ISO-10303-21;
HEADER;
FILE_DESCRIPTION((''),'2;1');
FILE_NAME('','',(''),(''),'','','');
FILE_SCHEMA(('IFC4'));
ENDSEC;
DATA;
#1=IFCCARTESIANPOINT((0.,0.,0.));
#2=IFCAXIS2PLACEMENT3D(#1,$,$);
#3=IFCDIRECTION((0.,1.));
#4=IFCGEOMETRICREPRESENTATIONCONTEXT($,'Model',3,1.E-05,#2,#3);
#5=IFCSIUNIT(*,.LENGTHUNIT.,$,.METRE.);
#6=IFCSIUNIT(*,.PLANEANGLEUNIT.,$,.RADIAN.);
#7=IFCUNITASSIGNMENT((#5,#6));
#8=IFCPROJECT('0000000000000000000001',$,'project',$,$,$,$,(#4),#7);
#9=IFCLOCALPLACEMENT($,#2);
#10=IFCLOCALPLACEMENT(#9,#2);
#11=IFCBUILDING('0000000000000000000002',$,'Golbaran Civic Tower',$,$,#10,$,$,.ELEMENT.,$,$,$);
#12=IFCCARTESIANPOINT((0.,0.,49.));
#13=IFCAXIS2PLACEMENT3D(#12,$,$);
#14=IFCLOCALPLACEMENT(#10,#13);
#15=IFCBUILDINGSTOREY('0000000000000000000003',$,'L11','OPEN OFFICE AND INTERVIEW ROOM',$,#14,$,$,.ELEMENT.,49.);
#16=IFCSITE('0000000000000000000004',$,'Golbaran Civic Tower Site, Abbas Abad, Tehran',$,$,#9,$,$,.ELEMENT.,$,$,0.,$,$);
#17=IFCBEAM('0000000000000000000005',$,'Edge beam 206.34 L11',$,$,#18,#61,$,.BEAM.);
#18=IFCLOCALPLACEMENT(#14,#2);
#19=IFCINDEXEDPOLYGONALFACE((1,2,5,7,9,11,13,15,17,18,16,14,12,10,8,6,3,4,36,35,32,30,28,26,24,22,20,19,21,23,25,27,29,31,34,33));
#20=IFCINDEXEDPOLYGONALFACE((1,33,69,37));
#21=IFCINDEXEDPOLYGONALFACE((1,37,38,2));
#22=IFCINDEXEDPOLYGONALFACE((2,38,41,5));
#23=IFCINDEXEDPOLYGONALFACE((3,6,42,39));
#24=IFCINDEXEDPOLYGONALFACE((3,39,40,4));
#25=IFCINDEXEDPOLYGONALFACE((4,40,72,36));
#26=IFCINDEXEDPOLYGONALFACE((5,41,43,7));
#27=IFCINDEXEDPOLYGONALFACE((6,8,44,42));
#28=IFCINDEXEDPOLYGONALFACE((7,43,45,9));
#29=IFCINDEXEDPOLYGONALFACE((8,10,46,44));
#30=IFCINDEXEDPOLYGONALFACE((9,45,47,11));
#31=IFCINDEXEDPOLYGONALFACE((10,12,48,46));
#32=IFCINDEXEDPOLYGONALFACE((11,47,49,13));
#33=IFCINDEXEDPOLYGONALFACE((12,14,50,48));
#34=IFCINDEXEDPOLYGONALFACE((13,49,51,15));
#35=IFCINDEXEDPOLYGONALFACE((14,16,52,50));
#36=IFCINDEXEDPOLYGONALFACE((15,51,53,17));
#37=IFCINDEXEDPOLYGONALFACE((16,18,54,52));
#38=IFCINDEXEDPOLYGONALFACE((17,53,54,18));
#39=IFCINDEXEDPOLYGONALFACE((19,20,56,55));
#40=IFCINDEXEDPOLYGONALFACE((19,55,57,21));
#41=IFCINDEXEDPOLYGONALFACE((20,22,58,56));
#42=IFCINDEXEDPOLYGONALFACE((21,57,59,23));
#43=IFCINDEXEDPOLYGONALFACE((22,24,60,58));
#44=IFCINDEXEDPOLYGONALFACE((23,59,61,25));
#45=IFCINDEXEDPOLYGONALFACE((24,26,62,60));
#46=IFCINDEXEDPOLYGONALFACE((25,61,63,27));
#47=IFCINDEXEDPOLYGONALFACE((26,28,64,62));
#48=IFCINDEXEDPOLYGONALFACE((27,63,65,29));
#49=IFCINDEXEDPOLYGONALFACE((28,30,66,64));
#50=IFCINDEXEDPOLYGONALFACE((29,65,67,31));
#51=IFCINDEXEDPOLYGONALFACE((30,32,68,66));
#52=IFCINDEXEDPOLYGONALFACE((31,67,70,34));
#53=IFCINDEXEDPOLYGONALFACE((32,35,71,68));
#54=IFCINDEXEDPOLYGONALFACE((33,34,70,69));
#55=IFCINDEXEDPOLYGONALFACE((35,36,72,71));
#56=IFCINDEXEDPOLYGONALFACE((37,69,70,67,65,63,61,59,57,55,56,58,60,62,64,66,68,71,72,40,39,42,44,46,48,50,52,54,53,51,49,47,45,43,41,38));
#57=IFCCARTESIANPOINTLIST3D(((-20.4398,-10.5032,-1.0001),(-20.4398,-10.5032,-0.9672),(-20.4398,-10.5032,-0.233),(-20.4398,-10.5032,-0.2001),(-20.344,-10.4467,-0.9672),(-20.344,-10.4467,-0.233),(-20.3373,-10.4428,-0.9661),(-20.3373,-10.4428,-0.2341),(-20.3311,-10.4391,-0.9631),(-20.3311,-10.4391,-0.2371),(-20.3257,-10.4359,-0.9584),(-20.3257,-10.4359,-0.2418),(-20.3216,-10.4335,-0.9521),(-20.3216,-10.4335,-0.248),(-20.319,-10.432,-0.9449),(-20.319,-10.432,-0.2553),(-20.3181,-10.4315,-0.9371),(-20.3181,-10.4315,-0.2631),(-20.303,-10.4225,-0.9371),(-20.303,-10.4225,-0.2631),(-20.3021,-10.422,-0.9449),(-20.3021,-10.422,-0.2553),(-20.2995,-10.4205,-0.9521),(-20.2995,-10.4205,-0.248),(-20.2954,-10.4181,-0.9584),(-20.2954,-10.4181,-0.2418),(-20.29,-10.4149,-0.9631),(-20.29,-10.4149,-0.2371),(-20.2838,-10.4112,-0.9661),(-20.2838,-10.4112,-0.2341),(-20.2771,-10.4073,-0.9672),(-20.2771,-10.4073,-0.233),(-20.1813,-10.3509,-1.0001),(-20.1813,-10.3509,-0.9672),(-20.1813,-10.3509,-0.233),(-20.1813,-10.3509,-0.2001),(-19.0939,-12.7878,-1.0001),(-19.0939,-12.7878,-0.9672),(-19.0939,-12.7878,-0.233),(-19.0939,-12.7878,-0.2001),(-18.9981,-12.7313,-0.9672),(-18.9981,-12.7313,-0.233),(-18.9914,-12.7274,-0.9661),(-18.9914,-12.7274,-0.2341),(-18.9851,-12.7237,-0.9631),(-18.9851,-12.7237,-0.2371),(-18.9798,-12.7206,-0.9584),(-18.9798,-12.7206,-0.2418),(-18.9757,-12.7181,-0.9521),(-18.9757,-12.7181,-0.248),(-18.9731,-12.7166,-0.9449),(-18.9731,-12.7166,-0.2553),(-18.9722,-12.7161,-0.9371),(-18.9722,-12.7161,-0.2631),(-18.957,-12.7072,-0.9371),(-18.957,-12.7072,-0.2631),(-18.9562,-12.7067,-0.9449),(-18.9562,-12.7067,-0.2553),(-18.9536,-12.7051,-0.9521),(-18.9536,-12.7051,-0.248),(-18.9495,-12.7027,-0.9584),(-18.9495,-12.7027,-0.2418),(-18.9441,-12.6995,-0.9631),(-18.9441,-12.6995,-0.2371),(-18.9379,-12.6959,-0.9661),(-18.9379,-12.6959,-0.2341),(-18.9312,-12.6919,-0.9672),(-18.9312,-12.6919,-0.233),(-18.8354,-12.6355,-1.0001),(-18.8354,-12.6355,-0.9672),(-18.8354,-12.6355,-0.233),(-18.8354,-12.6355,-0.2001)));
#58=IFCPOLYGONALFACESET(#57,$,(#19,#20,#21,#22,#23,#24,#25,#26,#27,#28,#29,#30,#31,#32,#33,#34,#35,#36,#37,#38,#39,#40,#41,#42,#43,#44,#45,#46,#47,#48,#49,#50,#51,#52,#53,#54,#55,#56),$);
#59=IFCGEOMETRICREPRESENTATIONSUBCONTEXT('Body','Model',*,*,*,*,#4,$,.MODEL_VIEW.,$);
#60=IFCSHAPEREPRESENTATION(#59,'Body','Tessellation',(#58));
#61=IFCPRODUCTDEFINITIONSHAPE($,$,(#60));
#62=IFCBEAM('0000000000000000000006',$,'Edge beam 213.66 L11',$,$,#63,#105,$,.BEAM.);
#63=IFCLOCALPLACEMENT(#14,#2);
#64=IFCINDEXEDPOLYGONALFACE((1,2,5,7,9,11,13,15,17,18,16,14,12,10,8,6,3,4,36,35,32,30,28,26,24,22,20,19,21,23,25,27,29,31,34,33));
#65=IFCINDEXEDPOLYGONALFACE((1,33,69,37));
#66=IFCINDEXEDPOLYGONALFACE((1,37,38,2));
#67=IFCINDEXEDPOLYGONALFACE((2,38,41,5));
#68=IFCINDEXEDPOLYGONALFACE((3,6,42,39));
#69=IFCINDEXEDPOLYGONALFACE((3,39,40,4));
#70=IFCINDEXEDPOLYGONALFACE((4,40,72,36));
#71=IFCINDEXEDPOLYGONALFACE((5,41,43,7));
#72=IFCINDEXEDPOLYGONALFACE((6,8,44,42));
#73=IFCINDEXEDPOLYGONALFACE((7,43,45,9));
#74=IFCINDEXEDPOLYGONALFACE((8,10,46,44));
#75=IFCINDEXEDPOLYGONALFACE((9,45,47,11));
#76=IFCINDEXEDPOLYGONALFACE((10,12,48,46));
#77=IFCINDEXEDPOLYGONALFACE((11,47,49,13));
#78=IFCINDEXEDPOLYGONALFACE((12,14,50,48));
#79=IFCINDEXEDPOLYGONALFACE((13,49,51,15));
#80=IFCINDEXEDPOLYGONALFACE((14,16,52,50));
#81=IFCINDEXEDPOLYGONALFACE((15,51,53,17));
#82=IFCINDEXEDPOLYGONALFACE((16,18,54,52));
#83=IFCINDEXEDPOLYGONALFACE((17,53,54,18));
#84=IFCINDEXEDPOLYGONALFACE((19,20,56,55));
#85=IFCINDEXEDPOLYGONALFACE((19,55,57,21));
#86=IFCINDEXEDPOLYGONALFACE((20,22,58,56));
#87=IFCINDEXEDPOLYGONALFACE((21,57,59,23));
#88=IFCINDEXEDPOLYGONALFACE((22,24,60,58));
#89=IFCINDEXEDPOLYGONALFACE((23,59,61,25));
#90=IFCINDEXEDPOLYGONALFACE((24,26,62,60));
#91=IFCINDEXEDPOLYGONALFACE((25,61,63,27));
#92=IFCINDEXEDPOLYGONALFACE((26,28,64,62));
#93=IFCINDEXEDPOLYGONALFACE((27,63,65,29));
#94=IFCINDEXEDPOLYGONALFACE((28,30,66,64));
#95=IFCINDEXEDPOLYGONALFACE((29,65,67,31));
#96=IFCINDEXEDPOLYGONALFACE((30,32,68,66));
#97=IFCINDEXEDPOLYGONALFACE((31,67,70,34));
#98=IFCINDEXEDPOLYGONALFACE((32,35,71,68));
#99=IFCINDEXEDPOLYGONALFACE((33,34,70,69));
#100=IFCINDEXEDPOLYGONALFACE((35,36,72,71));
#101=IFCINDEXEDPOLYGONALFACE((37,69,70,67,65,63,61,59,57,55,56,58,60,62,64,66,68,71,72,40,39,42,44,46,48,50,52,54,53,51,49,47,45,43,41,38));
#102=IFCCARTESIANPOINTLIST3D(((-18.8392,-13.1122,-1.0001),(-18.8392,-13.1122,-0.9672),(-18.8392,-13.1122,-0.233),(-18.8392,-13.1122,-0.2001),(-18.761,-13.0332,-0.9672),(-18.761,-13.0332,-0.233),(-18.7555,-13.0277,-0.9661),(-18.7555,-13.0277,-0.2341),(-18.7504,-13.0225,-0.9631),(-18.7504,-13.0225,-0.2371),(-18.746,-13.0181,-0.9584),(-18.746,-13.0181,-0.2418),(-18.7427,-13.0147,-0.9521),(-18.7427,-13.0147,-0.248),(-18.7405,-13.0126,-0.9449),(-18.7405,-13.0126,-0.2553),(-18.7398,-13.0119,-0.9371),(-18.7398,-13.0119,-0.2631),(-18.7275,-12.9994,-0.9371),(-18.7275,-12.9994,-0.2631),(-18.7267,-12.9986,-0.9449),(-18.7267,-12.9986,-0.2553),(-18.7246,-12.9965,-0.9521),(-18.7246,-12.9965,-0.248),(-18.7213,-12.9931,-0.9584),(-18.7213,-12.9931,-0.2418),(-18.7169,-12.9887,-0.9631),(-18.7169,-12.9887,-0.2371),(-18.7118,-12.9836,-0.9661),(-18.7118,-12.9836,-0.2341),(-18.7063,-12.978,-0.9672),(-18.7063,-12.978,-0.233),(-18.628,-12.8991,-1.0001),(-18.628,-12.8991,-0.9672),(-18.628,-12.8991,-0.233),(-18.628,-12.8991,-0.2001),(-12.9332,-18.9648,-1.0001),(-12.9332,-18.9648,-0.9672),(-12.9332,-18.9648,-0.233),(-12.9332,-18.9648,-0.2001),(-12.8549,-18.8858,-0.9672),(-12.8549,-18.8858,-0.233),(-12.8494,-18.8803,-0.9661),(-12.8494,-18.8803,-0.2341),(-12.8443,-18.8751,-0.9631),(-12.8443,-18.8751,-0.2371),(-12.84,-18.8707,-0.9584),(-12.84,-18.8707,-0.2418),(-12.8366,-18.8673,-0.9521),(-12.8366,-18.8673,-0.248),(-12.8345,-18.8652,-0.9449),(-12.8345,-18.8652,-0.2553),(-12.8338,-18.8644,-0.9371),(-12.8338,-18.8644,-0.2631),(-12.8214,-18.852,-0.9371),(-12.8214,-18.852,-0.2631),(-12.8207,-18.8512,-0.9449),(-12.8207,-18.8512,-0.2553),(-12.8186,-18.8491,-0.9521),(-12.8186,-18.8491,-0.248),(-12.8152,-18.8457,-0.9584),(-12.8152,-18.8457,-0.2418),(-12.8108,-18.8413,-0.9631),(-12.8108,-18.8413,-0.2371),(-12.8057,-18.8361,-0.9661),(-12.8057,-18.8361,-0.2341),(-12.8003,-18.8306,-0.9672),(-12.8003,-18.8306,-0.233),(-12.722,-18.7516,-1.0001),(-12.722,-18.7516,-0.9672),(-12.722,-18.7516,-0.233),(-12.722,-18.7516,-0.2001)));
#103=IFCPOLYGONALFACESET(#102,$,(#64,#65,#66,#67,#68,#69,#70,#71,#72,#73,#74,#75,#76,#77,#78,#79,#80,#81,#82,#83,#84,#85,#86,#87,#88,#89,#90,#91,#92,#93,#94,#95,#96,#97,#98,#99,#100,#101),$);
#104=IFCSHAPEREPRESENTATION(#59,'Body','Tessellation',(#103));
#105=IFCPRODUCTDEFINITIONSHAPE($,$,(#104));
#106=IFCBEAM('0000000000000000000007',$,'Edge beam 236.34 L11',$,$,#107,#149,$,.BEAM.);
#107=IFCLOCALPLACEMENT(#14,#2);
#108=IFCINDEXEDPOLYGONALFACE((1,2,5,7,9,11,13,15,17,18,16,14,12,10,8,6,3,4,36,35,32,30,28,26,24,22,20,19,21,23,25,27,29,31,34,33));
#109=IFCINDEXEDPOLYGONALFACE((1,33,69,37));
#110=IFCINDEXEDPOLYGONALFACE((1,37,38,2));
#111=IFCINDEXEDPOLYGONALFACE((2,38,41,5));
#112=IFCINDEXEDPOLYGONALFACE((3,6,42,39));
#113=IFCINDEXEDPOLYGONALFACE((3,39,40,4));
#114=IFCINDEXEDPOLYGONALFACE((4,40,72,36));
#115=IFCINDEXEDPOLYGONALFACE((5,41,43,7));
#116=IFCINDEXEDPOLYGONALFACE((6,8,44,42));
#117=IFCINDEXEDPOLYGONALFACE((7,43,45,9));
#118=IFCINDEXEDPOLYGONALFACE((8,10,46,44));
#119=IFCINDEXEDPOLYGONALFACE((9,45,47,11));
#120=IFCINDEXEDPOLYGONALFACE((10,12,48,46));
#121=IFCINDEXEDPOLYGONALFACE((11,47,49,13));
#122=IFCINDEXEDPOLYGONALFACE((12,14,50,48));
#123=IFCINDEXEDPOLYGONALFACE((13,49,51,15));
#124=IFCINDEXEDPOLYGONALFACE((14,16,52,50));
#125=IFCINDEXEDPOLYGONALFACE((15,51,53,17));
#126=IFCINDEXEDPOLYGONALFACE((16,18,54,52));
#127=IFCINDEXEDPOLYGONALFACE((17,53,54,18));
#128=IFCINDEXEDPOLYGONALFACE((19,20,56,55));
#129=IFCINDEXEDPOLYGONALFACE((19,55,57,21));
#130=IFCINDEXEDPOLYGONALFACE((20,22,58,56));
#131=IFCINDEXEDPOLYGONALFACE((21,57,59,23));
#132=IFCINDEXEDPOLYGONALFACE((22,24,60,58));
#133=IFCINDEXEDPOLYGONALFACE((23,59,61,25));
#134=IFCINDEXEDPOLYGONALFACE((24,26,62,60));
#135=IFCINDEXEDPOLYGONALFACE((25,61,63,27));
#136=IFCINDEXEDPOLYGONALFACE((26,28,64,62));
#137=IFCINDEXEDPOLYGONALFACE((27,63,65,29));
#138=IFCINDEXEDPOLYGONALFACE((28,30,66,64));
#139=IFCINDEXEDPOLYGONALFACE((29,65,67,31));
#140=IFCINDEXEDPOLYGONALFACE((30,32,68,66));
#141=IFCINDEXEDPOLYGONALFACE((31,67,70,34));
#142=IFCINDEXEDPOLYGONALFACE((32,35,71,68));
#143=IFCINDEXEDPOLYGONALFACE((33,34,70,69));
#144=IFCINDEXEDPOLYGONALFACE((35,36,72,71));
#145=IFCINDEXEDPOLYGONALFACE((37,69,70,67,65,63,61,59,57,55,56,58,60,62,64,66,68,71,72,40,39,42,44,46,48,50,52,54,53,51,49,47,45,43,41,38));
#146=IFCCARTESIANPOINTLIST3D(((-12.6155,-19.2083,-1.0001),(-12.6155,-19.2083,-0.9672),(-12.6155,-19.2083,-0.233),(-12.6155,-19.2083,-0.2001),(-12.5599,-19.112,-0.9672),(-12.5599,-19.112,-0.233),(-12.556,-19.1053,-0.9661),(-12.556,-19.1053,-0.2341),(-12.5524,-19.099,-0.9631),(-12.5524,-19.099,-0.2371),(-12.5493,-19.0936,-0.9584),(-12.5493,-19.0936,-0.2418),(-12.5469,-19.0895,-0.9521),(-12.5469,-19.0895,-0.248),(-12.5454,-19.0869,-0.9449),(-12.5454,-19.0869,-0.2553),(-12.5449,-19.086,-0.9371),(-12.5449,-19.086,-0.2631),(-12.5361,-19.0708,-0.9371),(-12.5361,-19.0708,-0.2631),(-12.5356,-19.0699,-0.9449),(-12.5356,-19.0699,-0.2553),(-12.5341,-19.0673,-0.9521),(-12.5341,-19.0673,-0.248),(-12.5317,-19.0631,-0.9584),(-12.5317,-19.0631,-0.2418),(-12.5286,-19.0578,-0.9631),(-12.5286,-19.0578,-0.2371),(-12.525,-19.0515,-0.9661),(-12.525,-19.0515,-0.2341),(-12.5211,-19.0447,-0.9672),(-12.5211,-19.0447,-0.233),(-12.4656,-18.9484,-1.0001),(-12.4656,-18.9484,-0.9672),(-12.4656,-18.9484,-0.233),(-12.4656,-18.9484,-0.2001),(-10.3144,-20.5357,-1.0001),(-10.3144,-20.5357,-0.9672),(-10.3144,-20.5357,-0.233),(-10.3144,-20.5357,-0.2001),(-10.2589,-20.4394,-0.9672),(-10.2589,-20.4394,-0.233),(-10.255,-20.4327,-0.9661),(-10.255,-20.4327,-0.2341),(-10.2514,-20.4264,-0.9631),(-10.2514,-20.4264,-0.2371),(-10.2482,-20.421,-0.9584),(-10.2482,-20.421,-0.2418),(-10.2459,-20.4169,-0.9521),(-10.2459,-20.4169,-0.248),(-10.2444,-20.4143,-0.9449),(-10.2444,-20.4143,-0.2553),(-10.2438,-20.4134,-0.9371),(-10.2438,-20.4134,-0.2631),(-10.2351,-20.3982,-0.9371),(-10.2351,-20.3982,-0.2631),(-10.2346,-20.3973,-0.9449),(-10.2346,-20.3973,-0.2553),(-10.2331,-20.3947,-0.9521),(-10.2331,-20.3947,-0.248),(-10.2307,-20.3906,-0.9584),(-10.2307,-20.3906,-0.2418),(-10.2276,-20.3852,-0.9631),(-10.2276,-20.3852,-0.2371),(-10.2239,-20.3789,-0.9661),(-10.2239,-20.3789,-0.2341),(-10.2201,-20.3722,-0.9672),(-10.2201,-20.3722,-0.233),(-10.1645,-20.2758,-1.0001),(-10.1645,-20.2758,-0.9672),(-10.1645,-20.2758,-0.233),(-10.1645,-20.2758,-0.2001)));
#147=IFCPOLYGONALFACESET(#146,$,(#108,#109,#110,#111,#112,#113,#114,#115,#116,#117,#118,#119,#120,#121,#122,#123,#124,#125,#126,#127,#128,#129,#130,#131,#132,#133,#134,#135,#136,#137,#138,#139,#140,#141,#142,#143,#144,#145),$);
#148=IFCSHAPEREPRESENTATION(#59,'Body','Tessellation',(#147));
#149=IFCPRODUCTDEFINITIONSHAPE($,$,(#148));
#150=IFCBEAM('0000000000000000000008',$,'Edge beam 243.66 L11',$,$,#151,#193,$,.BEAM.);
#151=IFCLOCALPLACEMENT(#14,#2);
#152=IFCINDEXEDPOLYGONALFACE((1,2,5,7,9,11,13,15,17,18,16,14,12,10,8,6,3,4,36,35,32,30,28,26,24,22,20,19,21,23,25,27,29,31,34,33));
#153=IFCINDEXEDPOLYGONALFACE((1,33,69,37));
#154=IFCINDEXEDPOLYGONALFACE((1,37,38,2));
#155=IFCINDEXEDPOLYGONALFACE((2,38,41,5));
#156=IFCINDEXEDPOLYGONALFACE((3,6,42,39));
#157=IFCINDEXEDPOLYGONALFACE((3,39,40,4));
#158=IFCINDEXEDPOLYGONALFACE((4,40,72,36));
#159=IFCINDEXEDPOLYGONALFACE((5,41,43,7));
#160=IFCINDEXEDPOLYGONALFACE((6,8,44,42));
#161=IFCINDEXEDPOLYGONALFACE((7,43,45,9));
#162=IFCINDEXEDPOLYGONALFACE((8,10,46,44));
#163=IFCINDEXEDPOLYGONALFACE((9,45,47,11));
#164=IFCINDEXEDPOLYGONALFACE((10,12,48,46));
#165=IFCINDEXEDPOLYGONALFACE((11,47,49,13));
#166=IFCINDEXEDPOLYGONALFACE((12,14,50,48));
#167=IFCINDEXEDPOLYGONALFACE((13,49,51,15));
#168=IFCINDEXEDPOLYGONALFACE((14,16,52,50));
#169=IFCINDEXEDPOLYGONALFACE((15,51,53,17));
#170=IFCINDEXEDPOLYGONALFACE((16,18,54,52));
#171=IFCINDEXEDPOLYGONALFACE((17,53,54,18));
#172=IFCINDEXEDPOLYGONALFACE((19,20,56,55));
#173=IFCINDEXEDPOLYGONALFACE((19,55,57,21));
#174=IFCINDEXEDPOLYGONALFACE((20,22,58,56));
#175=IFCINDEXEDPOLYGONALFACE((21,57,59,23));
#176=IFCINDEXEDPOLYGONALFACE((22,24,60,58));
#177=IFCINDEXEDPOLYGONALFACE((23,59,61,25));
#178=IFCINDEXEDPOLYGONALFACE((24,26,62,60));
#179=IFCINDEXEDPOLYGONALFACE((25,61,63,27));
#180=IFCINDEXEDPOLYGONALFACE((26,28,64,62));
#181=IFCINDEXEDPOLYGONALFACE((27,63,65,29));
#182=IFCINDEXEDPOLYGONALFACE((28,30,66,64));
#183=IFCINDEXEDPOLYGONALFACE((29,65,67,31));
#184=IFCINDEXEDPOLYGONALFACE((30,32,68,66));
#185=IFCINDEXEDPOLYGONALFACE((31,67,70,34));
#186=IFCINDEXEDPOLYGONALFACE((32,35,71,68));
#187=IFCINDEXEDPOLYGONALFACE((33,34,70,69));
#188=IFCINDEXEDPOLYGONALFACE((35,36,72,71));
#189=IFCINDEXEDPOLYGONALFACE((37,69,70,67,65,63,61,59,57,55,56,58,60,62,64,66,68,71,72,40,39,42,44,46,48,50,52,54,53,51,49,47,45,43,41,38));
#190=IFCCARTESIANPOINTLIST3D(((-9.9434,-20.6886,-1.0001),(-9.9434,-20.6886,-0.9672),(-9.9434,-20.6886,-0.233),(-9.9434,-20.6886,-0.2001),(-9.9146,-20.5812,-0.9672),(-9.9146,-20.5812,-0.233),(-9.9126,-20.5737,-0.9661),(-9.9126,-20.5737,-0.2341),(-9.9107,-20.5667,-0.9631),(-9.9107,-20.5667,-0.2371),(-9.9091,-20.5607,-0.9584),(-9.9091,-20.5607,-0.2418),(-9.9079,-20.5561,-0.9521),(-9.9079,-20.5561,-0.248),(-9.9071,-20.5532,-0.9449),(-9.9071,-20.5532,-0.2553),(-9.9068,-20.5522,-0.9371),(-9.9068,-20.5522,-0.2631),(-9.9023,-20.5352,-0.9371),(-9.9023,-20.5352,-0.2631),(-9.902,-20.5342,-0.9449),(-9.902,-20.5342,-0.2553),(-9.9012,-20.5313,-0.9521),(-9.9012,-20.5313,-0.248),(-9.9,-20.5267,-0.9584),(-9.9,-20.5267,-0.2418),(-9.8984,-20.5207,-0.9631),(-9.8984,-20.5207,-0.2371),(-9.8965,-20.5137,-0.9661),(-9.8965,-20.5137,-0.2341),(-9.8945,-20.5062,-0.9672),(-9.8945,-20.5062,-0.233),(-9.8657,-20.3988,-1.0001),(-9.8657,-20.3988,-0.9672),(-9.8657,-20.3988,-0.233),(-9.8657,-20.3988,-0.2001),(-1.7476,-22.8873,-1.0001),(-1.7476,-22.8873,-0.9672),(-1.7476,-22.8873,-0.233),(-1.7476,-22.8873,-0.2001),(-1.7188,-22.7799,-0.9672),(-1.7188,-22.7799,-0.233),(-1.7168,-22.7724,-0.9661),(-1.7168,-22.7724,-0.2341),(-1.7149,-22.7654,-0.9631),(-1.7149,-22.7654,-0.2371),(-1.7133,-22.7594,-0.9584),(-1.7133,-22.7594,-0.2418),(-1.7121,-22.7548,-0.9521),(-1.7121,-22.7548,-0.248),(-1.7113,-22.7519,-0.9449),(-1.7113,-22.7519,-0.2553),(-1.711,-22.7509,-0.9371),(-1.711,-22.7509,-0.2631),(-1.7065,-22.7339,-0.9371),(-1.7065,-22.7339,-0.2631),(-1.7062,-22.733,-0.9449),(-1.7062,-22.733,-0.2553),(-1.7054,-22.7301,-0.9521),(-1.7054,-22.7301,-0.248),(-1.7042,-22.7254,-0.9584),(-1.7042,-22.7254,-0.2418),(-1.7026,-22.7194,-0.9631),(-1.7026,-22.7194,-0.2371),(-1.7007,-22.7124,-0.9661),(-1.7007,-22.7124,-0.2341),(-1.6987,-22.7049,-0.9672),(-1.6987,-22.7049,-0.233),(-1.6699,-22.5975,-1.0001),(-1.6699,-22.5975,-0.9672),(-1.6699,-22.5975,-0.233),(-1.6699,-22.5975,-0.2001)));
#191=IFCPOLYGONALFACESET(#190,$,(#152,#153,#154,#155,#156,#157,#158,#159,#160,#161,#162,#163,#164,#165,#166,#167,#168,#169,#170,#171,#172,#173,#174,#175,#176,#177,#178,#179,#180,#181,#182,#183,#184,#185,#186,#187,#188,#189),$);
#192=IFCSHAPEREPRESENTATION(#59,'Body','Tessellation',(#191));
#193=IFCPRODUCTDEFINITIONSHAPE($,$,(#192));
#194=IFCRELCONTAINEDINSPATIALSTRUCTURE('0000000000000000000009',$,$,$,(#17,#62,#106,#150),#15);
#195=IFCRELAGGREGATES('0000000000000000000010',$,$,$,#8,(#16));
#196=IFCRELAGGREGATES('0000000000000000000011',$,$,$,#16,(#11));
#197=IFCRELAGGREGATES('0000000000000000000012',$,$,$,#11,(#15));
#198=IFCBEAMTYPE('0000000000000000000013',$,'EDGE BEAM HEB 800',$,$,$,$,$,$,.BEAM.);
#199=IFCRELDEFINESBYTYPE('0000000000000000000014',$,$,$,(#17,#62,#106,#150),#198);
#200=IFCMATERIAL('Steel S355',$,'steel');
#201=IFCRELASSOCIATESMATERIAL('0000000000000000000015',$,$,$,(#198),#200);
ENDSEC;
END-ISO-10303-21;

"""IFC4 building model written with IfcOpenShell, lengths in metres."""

from ifc_helpers import new_model, si_unit, direction, frame, origin, origin_2d, place, context, subcontext, project, spatial, i_section, extrude, material, material_profile, profile_set, type_object, element, save


model = new_model("IFC4")

# Units and contexts
model_context = context("Model", 3, precision=1e-05, world=origin(), true_north=direction((0.0, 1.0)))
body_context = subcontext(model_context, "Body", "Model", "MODEL_VIEW")
ifc_project = project(units=[si_unit("LENGTHUNIT", "METRE"), si_unit("PLANEANGLEUNIT", "RADIAN")], contexts=[model_context])

# Site, building, storey
site_placement = place(None, origin())
site = spatial("IfcSite", under=ifc_project, at=site_placement, Name="Golbaran Civic Tower Site, Abbas Abad, Tehran", CompositionType="ELEMENT", RefElevation=0.0)
building_placement = place(site_placement, origin())
building = spatial("IfcBuilding", under=site, at=building_placement, Name="Golbaran Civic Tower", CompositionType="ELEMENT")
storey_placement = place(building_placement, frame((0.0, 0.0, 49.0)))
storey = spatial("IfcBuildingStorey", under=building, at=storey_placement, Name="L11", Description="OPEN OFFICE AND INTERVIEW ROOM", CompositionType="ELEMENT", Elevation=49.0)

# Beams
ifc_material_1 = material(Name="Steel S355", Category="steel")
ifc_material_profile_1 = material_profile(ifc_material_1, i_section(OverallWidth=0.3, OverallDepth=0.8, WebThickness=0.0176, FlangeThickness=0.033, FilletRadius=0.03, at=origin_2d()), Name="HEB 800")
ifc_profile_set_1 = profile_set([ifc_material_profile_1], Name="Steel S355")
beam_type_1 = type_object("IfcBeamType", Name="EDGE BEAM HEB 800", PredefinedType="BEAM", material=ifc_profile_set_1)
beam_1_placement = place(storey_placement, frame((-20.3105, -10.427, -0.6001), z_axis=(0.507587, -0.8616, 0.0), x_axis=(0.8616, 0.507587, 0.0)))
element("IfcBeam", 1, at=beam_1_placement, inside=storey, type_object=beam_type_1, Name="Edge beam 206.34 L11", PredefinedType="BEAM", context=body_context, shape_type="SweptSolid", body=[
    extrude(i_section(OverallWidth=0.3, OverallDepth=0.8, WebThickness=0.0176, FlangeThickness=0.033, FilletRadius=0.03, at=origin_2d()), origin(), (0.0, 0.0, 1.0), 2.6516),
])
beam_2_placement = place(storey_placement, frame((-18.7336, -13.0056, -0.6001), z_axis=(0.710315, -0.703884, 0.0), x_axis=(0.703884, 0.710315, 0.0)))
element("IfcBeam", 2, at=beam_2_placement, inside=storey, type_object=beam_type_1, Name="Edge beam 213.66 L11", PredefinedType="BEAM", context=body_context, shape_type="SweptSolid", body=[
    extrude(i_section(OverallWidth=0.3, OverallDepth=0.8, WebThickness=0.0176, FlangeThickness=0.033, FilletRadius=0.03, at=origin_2d()), origin(), (0.0, 0.0, 1.0), 8.3147),
])
beam_3_placement = place(storey_placement, frame((-12.5405, -19.0784, -0.6001), z_axis=(0.866205, -0.499688, 0.0), x_axis=(0.499688, 0.866205, 0.0)))
element("IfcBeam", 3, at=beam_3_placement, inside=storey, type_object=beam_type_1, Name="Edge beam 236.34 L11", PredefinedType="BEAM", context=body_context, shape_type="SweptSolid", body=[
    extrude(i_section(OverallWidth=0.3, OverallDepth=0.8, WebThickness=0.0176, FlangeThickness=0.033, FilletRadius=0.03, at=origin_2d()), origin(), (0.0, 0.0, 1.0), 2.6565),
])
beam_4_placement = place(storey_placement, frame((-9.9045, -20.5437, -0.6001), z_axis=(0.965847, -0.259113, 0.0), x_axis=(0.259113, 0.965847, 0.0)))
element("IfcBeam", 4, at=beam_4_placement, inside=storey, type_object=beam_type_1, Name="Edge beam 243.66 L11", PredefinedType="BEAM", context=body_context, shape_type="SweptSolid", body=[
    extrude(i_section(OverallWidth=0.3, OverallDepth=0.8, WebThickness=0.0176, FlangeThickness=0.033, FilletRadius=0.03, at=origin_2d()), origin(), (0.0, 0.0, 1.0), 8.4856),
])

save(model, "model.ifc")
